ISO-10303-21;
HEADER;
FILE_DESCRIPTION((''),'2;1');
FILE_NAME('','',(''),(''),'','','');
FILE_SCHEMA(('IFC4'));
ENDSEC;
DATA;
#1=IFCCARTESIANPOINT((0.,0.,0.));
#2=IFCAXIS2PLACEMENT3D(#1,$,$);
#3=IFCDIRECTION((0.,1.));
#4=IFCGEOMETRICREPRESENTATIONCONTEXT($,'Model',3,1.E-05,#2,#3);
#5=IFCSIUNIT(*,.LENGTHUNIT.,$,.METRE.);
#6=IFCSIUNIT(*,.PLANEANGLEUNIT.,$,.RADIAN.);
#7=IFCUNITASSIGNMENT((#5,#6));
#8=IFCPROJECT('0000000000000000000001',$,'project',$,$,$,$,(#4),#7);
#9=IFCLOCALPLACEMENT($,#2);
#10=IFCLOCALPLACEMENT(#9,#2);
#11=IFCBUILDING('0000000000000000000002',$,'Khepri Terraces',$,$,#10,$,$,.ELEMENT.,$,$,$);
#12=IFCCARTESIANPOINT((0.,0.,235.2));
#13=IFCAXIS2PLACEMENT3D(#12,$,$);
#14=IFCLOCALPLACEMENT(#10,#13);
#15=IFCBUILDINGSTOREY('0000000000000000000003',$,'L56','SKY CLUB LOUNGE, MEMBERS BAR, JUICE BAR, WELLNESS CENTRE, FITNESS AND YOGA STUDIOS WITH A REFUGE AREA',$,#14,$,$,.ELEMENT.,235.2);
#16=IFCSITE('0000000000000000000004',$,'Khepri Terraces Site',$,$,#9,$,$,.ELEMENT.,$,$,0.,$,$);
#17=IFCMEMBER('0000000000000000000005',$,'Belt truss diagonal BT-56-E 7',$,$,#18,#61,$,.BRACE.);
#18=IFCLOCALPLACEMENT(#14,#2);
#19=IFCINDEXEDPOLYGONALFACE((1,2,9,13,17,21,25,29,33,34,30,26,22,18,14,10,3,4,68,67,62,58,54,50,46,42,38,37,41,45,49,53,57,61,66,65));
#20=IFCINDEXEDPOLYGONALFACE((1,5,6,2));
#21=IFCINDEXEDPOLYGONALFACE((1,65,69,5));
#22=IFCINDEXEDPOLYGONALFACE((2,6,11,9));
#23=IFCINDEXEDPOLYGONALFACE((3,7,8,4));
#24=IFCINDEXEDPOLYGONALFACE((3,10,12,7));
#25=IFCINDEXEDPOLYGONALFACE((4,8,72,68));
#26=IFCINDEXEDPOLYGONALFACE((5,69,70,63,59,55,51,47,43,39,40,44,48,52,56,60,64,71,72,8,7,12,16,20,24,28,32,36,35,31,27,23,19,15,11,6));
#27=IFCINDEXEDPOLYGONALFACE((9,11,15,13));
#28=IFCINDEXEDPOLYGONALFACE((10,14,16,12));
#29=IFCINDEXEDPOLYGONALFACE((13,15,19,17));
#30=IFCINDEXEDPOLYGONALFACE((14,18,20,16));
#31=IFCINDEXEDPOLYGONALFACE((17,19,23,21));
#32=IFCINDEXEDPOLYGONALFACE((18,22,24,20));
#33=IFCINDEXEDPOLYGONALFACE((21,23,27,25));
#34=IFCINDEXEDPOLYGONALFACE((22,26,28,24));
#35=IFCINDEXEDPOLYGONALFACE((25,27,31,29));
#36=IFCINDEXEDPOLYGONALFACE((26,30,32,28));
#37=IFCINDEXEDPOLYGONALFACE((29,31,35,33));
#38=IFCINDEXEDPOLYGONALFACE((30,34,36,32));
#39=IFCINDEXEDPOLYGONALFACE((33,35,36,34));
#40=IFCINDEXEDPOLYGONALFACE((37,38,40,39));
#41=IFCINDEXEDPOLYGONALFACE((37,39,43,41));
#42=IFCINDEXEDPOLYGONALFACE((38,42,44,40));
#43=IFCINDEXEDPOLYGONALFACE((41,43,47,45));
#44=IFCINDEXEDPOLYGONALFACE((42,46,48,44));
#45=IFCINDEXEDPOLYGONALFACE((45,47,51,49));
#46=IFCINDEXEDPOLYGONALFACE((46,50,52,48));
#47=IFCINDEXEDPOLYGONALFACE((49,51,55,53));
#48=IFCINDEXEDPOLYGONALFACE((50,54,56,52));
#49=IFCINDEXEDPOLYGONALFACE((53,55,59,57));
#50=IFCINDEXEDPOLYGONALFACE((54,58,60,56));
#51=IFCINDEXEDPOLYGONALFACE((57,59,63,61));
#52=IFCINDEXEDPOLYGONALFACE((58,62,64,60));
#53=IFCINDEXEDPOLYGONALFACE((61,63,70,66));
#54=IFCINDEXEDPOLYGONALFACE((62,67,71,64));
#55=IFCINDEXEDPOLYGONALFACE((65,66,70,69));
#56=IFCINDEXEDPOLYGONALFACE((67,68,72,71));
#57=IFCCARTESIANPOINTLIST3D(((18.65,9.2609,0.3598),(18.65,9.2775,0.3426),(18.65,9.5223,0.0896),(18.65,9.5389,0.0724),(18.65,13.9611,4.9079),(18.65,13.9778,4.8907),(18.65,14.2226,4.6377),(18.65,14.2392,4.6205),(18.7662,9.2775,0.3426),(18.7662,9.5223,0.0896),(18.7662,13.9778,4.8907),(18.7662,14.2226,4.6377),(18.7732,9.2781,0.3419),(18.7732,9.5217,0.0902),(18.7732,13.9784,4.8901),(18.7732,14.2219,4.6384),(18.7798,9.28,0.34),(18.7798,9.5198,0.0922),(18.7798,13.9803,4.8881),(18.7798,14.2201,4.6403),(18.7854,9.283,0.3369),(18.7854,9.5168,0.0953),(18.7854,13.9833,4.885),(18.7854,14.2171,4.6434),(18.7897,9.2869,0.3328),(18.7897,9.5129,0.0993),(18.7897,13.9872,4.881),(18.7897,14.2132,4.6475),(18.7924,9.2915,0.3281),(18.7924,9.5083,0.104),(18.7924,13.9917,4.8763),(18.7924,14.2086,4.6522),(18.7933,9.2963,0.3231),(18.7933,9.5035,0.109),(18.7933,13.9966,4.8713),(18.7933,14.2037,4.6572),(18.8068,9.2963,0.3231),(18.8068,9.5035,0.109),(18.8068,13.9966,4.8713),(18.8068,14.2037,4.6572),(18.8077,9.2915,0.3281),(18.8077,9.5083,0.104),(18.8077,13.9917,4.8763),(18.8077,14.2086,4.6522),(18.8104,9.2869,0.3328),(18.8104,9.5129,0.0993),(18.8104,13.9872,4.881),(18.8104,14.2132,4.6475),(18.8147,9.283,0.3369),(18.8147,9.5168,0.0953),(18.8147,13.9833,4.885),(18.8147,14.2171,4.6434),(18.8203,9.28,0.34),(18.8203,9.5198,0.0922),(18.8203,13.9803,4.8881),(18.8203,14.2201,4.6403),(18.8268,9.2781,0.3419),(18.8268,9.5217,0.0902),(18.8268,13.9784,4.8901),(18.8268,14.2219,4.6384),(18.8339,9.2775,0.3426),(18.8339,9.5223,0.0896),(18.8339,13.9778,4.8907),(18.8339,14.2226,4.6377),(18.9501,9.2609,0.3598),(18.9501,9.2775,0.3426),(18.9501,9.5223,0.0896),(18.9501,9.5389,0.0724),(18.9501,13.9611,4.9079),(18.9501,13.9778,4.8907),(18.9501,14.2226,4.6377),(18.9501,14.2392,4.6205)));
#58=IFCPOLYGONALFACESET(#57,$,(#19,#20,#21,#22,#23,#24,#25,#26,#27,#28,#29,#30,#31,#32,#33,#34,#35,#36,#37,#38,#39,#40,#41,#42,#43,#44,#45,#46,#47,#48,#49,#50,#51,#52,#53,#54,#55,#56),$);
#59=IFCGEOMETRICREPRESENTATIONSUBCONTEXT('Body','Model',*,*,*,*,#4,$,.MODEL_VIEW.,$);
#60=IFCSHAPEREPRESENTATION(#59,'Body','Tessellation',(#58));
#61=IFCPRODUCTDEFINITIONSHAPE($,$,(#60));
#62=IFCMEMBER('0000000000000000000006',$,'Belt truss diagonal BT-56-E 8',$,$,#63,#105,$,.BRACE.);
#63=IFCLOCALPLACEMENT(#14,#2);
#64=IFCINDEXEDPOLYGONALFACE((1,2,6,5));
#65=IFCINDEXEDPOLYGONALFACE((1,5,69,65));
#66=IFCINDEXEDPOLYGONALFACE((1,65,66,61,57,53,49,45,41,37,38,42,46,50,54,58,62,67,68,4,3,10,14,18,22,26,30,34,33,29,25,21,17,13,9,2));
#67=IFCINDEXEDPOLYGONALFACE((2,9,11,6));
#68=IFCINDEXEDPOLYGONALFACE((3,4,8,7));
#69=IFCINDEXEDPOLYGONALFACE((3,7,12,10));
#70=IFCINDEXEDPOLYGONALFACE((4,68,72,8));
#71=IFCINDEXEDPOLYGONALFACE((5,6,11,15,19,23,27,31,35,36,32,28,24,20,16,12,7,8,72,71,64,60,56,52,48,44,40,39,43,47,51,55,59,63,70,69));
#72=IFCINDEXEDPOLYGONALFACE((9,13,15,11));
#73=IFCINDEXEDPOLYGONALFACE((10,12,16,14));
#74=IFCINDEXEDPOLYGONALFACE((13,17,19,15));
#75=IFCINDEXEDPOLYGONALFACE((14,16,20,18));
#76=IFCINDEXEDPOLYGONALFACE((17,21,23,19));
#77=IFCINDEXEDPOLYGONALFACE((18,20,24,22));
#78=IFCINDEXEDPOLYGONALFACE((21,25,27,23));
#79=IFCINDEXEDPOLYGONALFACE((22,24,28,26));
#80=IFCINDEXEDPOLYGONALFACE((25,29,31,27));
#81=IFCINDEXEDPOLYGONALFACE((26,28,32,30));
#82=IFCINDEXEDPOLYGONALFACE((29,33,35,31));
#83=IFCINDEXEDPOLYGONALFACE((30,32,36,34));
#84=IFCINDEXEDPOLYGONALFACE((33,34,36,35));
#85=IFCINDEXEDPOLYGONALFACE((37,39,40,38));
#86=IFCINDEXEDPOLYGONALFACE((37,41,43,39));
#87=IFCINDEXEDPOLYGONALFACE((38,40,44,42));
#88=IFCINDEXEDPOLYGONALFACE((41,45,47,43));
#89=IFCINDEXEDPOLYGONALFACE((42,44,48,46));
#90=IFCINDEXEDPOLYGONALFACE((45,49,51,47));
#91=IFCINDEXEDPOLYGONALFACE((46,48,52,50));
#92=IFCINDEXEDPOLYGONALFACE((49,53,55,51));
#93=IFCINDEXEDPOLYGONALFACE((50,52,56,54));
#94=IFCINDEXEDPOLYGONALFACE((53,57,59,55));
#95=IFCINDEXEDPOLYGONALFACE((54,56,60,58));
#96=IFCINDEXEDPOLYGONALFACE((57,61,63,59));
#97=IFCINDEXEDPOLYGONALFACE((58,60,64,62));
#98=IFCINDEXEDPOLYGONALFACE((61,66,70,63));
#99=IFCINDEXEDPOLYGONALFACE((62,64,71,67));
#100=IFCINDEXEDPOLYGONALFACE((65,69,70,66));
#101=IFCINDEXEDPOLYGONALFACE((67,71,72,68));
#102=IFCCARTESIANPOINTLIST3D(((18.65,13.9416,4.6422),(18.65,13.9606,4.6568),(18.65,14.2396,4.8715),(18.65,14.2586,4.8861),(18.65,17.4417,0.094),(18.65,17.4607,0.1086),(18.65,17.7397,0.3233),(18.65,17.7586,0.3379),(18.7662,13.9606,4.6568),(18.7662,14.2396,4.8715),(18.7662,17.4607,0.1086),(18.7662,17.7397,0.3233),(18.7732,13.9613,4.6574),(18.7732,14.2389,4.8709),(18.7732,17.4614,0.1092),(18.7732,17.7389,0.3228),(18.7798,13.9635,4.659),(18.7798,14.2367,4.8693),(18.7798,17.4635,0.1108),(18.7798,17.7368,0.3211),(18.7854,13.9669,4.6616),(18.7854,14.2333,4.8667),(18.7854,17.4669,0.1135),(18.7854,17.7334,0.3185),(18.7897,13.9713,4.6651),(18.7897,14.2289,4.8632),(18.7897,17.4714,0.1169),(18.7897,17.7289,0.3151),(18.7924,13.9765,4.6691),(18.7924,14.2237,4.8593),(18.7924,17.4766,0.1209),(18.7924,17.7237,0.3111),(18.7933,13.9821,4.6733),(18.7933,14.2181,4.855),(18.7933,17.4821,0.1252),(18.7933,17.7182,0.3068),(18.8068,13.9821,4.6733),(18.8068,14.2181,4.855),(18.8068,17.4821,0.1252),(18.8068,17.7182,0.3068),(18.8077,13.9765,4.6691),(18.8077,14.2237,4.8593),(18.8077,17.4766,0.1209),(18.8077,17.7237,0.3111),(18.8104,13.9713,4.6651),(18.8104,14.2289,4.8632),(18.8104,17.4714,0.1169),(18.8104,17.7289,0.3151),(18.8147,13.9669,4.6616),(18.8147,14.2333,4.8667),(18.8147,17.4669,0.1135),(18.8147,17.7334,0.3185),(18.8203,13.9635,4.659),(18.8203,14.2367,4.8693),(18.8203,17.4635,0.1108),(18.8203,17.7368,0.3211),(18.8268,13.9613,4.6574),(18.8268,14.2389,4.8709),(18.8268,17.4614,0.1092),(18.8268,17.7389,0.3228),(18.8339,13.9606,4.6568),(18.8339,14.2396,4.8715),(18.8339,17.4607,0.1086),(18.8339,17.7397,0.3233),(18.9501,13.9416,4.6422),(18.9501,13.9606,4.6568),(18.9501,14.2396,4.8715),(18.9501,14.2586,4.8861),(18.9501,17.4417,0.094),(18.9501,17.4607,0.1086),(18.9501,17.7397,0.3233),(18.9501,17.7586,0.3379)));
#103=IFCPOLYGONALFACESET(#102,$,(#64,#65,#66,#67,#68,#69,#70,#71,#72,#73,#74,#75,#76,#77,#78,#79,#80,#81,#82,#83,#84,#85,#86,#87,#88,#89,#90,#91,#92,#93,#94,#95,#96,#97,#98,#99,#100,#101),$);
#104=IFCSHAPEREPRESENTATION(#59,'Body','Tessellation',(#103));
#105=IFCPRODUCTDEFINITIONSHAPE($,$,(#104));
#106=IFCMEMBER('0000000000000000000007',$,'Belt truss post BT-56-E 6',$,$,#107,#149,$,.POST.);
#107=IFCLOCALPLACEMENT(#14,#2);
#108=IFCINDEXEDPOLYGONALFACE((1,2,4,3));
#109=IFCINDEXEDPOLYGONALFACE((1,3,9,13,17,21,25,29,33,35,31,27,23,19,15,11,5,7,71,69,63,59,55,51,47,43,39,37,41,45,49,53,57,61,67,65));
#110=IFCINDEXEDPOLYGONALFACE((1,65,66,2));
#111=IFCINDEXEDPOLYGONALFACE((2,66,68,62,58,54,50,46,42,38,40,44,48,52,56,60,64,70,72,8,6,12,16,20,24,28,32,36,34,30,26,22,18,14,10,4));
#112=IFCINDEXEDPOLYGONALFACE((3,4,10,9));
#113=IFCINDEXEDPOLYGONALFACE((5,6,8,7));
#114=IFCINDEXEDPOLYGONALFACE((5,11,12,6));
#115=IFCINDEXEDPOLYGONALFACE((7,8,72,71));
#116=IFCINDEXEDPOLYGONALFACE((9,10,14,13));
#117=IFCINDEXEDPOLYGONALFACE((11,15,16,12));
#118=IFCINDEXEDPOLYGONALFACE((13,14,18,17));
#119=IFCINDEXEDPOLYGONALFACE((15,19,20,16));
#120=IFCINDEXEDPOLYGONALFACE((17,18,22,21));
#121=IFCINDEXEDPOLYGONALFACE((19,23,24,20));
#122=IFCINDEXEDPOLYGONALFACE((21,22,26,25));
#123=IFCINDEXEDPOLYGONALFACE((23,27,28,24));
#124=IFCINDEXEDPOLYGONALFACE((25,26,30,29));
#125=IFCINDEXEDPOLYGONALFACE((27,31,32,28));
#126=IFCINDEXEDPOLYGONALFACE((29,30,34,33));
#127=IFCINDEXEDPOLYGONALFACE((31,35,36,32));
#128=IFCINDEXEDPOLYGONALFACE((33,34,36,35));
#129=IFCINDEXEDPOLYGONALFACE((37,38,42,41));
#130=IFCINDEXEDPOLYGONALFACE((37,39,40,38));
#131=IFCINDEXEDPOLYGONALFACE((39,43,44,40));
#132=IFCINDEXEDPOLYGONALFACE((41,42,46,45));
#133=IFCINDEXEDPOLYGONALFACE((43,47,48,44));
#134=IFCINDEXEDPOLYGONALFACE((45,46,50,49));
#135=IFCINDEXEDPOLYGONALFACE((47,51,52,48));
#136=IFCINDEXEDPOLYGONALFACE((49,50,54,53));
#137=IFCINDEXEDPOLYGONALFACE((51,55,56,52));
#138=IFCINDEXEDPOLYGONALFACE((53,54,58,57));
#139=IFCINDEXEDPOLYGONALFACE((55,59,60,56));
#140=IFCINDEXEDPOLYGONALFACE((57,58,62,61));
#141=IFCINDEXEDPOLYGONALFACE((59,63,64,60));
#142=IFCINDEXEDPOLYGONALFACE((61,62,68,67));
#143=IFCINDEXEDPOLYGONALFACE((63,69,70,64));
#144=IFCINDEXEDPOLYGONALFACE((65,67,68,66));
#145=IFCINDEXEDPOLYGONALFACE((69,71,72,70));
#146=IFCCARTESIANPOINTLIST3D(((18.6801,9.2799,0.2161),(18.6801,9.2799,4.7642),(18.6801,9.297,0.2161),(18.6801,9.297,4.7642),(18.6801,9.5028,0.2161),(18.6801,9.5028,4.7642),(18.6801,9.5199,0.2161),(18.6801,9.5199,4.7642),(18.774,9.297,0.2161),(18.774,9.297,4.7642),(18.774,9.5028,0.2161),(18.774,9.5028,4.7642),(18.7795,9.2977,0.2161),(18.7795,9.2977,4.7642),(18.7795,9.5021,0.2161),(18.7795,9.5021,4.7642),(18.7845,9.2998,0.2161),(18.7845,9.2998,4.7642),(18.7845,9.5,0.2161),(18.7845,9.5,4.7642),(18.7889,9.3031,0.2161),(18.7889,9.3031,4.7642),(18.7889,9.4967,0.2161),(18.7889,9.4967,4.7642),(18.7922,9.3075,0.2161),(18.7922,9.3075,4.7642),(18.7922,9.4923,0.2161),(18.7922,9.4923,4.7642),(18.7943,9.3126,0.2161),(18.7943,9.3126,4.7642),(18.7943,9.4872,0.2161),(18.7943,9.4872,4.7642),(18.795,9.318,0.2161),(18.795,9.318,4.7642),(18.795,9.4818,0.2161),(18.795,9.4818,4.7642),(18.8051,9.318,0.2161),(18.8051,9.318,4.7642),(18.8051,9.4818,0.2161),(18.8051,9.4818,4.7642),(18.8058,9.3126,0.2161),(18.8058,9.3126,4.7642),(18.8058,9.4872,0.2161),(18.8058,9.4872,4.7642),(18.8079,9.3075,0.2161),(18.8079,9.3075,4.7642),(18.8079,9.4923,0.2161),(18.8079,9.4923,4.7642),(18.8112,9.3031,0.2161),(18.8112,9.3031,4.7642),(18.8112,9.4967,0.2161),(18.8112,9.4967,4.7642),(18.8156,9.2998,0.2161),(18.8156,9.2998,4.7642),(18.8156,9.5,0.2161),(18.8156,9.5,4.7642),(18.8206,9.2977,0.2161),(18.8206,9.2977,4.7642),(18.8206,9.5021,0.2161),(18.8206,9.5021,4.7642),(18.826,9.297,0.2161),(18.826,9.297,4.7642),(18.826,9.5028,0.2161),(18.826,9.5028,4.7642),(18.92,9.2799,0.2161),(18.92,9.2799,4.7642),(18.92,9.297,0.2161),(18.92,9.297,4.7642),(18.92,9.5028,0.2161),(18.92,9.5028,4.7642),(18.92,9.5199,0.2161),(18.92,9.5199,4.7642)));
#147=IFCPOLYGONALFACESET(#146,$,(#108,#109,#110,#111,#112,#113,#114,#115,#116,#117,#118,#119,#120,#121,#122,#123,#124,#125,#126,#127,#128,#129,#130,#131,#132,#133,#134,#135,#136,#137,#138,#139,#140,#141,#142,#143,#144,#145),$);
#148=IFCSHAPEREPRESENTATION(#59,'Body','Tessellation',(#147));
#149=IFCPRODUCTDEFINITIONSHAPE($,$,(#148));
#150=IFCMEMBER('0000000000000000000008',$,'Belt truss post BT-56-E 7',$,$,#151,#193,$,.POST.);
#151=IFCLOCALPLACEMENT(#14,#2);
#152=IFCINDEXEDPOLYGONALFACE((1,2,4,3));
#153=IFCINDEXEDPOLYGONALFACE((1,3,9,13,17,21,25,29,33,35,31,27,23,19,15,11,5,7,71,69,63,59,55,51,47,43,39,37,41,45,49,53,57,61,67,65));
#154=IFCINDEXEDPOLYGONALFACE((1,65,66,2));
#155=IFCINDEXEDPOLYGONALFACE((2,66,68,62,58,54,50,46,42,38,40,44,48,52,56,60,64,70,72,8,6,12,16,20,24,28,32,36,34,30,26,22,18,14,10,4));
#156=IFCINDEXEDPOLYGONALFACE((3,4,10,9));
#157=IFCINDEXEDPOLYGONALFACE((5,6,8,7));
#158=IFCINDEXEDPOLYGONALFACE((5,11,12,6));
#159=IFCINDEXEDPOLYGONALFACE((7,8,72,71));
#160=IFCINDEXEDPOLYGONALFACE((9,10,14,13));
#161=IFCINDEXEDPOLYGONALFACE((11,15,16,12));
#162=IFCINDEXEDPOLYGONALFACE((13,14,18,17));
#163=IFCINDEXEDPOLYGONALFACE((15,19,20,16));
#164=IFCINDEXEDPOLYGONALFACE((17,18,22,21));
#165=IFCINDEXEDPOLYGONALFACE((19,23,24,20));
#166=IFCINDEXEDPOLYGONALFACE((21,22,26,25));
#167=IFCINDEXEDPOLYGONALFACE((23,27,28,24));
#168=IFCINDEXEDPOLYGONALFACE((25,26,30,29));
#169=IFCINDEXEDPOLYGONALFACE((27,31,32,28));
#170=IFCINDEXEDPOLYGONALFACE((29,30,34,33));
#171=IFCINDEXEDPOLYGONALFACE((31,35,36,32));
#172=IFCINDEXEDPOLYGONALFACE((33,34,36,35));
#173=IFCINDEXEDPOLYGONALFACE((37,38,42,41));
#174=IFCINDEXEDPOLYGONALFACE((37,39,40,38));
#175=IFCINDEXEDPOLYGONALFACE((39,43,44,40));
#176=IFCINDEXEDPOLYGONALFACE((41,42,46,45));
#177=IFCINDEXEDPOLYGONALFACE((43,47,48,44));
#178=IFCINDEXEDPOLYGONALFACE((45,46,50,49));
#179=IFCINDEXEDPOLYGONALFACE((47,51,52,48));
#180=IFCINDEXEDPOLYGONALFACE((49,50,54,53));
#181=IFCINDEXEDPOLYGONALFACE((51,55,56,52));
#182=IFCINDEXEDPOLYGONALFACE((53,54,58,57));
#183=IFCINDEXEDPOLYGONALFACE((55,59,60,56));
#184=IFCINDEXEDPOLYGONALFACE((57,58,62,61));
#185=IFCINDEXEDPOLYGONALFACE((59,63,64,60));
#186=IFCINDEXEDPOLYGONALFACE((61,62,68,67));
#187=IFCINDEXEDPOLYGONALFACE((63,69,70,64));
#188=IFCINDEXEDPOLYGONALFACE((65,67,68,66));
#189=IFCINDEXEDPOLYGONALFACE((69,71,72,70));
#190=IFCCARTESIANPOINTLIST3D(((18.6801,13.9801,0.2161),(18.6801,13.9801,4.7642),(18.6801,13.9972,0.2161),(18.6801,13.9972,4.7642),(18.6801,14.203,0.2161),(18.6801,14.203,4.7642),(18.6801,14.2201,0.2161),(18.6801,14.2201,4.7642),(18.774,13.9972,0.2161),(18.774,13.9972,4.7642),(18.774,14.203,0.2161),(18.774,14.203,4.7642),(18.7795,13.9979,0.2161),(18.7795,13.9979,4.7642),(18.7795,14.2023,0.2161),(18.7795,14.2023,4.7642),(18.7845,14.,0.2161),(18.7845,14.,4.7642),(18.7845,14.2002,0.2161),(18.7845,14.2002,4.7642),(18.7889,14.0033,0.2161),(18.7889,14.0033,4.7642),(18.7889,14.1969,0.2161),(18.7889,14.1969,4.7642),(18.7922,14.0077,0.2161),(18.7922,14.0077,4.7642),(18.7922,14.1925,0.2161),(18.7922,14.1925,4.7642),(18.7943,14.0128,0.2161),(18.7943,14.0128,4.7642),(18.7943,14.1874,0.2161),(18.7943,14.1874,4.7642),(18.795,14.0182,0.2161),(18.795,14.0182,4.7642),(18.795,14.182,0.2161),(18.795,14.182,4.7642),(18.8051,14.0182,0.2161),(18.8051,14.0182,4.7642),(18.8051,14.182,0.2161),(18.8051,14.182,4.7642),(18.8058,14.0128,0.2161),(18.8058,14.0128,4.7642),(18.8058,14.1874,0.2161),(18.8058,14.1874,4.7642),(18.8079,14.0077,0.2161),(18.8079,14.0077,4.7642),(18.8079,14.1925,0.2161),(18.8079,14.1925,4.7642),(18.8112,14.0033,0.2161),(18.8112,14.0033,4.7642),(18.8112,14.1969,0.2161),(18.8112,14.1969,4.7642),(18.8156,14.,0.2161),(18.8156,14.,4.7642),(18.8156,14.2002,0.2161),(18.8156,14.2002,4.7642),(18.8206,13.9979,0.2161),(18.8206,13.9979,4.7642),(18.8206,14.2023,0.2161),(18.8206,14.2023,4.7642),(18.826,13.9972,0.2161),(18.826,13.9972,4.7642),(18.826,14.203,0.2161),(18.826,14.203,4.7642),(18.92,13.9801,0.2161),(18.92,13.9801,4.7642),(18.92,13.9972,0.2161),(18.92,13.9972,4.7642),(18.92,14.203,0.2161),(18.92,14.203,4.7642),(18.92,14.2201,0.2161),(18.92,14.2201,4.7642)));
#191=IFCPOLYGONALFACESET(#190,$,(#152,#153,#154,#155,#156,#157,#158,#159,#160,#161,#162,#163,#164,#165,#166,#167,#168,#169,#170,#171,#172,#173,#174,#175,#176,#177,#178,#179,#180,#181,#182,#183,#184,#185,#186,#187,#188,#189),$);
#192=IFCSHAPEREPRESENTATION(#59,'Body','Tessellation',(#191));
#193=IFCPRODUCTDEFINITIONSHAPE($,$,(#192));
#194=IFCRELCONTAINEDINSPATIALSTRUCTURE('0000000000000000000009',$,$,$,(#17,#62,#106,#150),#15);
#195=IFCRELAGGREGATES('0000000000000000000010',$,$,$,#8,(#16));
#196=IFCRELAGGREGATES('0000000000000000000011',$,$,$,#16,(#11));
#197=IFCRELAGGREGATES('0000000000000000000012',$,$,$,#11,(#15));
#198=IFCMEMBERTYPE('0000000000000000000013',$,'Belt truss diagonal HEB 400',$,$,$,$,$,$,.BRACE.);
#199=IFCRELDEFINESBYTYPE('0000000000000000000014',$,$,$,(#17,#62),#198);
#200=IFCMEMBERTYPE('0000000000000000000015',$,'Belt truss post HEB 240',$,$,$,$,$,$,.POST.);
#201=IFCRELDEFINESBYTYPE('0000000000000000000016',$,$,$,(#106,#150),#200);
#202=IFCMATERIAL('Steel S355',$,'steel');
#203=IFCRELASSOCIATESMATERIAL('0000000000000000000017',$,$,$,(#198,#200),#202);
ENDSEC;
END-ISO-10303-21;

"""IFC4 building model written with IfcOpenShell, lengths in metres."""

from ifc_helpers import new_model, si_unit, direction, frame, origin, origin_2d, place, context, subcontext, project, spatial, i_section, extrude, material, material_profile, profile_set, type_object, element, save


model = new_model("IFC4")

# Units and contexts
model_context = context("Model", 3, precision=1e-05, world=origin(), true_north=direction((0.0, 1.0)))
body_context = subcontext(model_context, "Body", "Model", "MODEL_VIEW")
ifc_project = project(units=[si_unit("LENGTHUNIT", "METRE"), si_unit("PLANEANGLEUNIT", "RADIAN")], contexts=[model_context])

# Site, building, storey
site_placement = place(None, origin())
site = spatial("IfcSite", under=ifc_project, at=site_placement, Name="Khepri Terraces Site", CompositionType="ELEMENT", RefElevation=0.0)
building_placement = place(site_placement, origin())
building = spatial("IfcBuilding", under=site, at=building_placement, Name="Khepri Terraces", CompositionType="ELEMENT")
storey_placement = place(building_placement, frame((0.0, 0.0, 235.2)))
storey = spatial("IfcBuildingStorey", under=building, at=storey_placement, Name="L56", Description="SKY CLUB LOUNGE, MEMBERS BAR, JUICE BAR, WELLNESS CENTRE, FITNESS AND YOGA STUDIOS WITH A REFUGE AREA", CompositionType="ELEMENT", Elevation=235.2)

# Members
ifc_material_1 = material(Name="Steel S355", Category="steel")
ifc_material_profile_1 = material_profile(ifc_material_1, i_section(OverallWidth=0.3, OverallDepth=0.3999, WebThickness=0.0134, FlangeThickness=0.0239, FilletRadius=0.0271, at=origin_2d()), Name="Steel S355", Category="steel")
ifc_profile_set_1 = profile_set([ifc_material_profile_1], Name="Steel S355")
member_type_1 = type_object("IfcMemberType", Name="Belt truss diagonal HEB 400", PredefinedType="BRACE", material=ifc_profile_set_1)
member_1_placement = place(storey_placement, frame((18.8, 9.3999, 0.2161), z_axis=(0.0, 0.718639, 0.695383), x_axis=(-1.0, 0.0, 0.0)))
element("IfcMember", 1, at=member_1_placement, inside=storey, type_object=member_type_1, Name="Belt truss diagonal BT-56-E 7", PredefinedType="BRACE", context=body_context, shape_type="SweptSolid", body=[
    extrude(i_section(OverallWidth=0.3, OverallDepth=0.3999, WebThickness=0.0134, FlangeThickness=0.0239, FilletRadius=0.0271, at=origin_2d()), origin(), (0.0, 0.0, 1.0), 6.5405),
])
member_2_placement = place(storey_placement, frame((18.8, 14.1001, 4.7642), z_axis=(0.0, 0.609871, -0.792501), x_axis=(-1.0, 0.0, 0.0)))
element("IfcMember", 2, at=member_2_placement, inside=storey, type_object=member_type_1, Name="Belt truss diagonal BT-56-E 8", PredefinedType="BRACE", context=body_context, shape_type="SweptSolid", body=[
    extrude(i_section(OverallWidth=0.3, OverallDepth=0.3999, WebThickness=0.0134, FlangeThickness=0.0239, FilletRadius=0.0271, at=origin_2d()), origin(), (0.0, 0.0, 1.0), 5.739),
])
ifc_material_profile_2 = material_profile(ifc_material_1, i_section(OverallWidth=0.24, OverallDepth=0.24, WebThickness=0.01, FlangeThickness=0.0171, FilletRadius=0.021, at=origin_2d()), Name="Steel S355", Category="steel")
ifc_profile_set_2 = profile_set([ifc_material_profile_2], Name="Steel S355")
member_type_2 = type_object("IfcMemberType", Name="Belt truss post HEB 240", PredefinedType="POST", material=ifc_profile_set_2)
for number, where, z_axis, x_axis, name in (
    (3, (18.8, 9.3999, 0.2161), (0.0, 0.0, 1.0), (1.0, 0.0, 0.0), "Belt truss post BT-56-E 6"),
    (4, (18.8, 14.1001, 0.2161), (0.0, 0.0, 1.0), (1.0, 0.0, 0.0), "Belt truss post BT-56-E 7"),
):
    element("IfcMember", number, at=place(storey_placement, frame(where, z_axis=z_axis, x_axis=x_axis)), inside=storey, type_object=member_type_2, Name=name, PredefinedType="POST", context=body_context, shape_type="SweptSolid", body=[
        extrude(i_section(OverallWidth=0.24, OverallDepth=0.24, WebThickness=0.01, FlangeThickness=0.0171, FilletRadius=0.021, at=origin_2d()), origin(), (0.0, 0.0, 1.0), 4.5481),
    ])

save(model, "model.ifc")
